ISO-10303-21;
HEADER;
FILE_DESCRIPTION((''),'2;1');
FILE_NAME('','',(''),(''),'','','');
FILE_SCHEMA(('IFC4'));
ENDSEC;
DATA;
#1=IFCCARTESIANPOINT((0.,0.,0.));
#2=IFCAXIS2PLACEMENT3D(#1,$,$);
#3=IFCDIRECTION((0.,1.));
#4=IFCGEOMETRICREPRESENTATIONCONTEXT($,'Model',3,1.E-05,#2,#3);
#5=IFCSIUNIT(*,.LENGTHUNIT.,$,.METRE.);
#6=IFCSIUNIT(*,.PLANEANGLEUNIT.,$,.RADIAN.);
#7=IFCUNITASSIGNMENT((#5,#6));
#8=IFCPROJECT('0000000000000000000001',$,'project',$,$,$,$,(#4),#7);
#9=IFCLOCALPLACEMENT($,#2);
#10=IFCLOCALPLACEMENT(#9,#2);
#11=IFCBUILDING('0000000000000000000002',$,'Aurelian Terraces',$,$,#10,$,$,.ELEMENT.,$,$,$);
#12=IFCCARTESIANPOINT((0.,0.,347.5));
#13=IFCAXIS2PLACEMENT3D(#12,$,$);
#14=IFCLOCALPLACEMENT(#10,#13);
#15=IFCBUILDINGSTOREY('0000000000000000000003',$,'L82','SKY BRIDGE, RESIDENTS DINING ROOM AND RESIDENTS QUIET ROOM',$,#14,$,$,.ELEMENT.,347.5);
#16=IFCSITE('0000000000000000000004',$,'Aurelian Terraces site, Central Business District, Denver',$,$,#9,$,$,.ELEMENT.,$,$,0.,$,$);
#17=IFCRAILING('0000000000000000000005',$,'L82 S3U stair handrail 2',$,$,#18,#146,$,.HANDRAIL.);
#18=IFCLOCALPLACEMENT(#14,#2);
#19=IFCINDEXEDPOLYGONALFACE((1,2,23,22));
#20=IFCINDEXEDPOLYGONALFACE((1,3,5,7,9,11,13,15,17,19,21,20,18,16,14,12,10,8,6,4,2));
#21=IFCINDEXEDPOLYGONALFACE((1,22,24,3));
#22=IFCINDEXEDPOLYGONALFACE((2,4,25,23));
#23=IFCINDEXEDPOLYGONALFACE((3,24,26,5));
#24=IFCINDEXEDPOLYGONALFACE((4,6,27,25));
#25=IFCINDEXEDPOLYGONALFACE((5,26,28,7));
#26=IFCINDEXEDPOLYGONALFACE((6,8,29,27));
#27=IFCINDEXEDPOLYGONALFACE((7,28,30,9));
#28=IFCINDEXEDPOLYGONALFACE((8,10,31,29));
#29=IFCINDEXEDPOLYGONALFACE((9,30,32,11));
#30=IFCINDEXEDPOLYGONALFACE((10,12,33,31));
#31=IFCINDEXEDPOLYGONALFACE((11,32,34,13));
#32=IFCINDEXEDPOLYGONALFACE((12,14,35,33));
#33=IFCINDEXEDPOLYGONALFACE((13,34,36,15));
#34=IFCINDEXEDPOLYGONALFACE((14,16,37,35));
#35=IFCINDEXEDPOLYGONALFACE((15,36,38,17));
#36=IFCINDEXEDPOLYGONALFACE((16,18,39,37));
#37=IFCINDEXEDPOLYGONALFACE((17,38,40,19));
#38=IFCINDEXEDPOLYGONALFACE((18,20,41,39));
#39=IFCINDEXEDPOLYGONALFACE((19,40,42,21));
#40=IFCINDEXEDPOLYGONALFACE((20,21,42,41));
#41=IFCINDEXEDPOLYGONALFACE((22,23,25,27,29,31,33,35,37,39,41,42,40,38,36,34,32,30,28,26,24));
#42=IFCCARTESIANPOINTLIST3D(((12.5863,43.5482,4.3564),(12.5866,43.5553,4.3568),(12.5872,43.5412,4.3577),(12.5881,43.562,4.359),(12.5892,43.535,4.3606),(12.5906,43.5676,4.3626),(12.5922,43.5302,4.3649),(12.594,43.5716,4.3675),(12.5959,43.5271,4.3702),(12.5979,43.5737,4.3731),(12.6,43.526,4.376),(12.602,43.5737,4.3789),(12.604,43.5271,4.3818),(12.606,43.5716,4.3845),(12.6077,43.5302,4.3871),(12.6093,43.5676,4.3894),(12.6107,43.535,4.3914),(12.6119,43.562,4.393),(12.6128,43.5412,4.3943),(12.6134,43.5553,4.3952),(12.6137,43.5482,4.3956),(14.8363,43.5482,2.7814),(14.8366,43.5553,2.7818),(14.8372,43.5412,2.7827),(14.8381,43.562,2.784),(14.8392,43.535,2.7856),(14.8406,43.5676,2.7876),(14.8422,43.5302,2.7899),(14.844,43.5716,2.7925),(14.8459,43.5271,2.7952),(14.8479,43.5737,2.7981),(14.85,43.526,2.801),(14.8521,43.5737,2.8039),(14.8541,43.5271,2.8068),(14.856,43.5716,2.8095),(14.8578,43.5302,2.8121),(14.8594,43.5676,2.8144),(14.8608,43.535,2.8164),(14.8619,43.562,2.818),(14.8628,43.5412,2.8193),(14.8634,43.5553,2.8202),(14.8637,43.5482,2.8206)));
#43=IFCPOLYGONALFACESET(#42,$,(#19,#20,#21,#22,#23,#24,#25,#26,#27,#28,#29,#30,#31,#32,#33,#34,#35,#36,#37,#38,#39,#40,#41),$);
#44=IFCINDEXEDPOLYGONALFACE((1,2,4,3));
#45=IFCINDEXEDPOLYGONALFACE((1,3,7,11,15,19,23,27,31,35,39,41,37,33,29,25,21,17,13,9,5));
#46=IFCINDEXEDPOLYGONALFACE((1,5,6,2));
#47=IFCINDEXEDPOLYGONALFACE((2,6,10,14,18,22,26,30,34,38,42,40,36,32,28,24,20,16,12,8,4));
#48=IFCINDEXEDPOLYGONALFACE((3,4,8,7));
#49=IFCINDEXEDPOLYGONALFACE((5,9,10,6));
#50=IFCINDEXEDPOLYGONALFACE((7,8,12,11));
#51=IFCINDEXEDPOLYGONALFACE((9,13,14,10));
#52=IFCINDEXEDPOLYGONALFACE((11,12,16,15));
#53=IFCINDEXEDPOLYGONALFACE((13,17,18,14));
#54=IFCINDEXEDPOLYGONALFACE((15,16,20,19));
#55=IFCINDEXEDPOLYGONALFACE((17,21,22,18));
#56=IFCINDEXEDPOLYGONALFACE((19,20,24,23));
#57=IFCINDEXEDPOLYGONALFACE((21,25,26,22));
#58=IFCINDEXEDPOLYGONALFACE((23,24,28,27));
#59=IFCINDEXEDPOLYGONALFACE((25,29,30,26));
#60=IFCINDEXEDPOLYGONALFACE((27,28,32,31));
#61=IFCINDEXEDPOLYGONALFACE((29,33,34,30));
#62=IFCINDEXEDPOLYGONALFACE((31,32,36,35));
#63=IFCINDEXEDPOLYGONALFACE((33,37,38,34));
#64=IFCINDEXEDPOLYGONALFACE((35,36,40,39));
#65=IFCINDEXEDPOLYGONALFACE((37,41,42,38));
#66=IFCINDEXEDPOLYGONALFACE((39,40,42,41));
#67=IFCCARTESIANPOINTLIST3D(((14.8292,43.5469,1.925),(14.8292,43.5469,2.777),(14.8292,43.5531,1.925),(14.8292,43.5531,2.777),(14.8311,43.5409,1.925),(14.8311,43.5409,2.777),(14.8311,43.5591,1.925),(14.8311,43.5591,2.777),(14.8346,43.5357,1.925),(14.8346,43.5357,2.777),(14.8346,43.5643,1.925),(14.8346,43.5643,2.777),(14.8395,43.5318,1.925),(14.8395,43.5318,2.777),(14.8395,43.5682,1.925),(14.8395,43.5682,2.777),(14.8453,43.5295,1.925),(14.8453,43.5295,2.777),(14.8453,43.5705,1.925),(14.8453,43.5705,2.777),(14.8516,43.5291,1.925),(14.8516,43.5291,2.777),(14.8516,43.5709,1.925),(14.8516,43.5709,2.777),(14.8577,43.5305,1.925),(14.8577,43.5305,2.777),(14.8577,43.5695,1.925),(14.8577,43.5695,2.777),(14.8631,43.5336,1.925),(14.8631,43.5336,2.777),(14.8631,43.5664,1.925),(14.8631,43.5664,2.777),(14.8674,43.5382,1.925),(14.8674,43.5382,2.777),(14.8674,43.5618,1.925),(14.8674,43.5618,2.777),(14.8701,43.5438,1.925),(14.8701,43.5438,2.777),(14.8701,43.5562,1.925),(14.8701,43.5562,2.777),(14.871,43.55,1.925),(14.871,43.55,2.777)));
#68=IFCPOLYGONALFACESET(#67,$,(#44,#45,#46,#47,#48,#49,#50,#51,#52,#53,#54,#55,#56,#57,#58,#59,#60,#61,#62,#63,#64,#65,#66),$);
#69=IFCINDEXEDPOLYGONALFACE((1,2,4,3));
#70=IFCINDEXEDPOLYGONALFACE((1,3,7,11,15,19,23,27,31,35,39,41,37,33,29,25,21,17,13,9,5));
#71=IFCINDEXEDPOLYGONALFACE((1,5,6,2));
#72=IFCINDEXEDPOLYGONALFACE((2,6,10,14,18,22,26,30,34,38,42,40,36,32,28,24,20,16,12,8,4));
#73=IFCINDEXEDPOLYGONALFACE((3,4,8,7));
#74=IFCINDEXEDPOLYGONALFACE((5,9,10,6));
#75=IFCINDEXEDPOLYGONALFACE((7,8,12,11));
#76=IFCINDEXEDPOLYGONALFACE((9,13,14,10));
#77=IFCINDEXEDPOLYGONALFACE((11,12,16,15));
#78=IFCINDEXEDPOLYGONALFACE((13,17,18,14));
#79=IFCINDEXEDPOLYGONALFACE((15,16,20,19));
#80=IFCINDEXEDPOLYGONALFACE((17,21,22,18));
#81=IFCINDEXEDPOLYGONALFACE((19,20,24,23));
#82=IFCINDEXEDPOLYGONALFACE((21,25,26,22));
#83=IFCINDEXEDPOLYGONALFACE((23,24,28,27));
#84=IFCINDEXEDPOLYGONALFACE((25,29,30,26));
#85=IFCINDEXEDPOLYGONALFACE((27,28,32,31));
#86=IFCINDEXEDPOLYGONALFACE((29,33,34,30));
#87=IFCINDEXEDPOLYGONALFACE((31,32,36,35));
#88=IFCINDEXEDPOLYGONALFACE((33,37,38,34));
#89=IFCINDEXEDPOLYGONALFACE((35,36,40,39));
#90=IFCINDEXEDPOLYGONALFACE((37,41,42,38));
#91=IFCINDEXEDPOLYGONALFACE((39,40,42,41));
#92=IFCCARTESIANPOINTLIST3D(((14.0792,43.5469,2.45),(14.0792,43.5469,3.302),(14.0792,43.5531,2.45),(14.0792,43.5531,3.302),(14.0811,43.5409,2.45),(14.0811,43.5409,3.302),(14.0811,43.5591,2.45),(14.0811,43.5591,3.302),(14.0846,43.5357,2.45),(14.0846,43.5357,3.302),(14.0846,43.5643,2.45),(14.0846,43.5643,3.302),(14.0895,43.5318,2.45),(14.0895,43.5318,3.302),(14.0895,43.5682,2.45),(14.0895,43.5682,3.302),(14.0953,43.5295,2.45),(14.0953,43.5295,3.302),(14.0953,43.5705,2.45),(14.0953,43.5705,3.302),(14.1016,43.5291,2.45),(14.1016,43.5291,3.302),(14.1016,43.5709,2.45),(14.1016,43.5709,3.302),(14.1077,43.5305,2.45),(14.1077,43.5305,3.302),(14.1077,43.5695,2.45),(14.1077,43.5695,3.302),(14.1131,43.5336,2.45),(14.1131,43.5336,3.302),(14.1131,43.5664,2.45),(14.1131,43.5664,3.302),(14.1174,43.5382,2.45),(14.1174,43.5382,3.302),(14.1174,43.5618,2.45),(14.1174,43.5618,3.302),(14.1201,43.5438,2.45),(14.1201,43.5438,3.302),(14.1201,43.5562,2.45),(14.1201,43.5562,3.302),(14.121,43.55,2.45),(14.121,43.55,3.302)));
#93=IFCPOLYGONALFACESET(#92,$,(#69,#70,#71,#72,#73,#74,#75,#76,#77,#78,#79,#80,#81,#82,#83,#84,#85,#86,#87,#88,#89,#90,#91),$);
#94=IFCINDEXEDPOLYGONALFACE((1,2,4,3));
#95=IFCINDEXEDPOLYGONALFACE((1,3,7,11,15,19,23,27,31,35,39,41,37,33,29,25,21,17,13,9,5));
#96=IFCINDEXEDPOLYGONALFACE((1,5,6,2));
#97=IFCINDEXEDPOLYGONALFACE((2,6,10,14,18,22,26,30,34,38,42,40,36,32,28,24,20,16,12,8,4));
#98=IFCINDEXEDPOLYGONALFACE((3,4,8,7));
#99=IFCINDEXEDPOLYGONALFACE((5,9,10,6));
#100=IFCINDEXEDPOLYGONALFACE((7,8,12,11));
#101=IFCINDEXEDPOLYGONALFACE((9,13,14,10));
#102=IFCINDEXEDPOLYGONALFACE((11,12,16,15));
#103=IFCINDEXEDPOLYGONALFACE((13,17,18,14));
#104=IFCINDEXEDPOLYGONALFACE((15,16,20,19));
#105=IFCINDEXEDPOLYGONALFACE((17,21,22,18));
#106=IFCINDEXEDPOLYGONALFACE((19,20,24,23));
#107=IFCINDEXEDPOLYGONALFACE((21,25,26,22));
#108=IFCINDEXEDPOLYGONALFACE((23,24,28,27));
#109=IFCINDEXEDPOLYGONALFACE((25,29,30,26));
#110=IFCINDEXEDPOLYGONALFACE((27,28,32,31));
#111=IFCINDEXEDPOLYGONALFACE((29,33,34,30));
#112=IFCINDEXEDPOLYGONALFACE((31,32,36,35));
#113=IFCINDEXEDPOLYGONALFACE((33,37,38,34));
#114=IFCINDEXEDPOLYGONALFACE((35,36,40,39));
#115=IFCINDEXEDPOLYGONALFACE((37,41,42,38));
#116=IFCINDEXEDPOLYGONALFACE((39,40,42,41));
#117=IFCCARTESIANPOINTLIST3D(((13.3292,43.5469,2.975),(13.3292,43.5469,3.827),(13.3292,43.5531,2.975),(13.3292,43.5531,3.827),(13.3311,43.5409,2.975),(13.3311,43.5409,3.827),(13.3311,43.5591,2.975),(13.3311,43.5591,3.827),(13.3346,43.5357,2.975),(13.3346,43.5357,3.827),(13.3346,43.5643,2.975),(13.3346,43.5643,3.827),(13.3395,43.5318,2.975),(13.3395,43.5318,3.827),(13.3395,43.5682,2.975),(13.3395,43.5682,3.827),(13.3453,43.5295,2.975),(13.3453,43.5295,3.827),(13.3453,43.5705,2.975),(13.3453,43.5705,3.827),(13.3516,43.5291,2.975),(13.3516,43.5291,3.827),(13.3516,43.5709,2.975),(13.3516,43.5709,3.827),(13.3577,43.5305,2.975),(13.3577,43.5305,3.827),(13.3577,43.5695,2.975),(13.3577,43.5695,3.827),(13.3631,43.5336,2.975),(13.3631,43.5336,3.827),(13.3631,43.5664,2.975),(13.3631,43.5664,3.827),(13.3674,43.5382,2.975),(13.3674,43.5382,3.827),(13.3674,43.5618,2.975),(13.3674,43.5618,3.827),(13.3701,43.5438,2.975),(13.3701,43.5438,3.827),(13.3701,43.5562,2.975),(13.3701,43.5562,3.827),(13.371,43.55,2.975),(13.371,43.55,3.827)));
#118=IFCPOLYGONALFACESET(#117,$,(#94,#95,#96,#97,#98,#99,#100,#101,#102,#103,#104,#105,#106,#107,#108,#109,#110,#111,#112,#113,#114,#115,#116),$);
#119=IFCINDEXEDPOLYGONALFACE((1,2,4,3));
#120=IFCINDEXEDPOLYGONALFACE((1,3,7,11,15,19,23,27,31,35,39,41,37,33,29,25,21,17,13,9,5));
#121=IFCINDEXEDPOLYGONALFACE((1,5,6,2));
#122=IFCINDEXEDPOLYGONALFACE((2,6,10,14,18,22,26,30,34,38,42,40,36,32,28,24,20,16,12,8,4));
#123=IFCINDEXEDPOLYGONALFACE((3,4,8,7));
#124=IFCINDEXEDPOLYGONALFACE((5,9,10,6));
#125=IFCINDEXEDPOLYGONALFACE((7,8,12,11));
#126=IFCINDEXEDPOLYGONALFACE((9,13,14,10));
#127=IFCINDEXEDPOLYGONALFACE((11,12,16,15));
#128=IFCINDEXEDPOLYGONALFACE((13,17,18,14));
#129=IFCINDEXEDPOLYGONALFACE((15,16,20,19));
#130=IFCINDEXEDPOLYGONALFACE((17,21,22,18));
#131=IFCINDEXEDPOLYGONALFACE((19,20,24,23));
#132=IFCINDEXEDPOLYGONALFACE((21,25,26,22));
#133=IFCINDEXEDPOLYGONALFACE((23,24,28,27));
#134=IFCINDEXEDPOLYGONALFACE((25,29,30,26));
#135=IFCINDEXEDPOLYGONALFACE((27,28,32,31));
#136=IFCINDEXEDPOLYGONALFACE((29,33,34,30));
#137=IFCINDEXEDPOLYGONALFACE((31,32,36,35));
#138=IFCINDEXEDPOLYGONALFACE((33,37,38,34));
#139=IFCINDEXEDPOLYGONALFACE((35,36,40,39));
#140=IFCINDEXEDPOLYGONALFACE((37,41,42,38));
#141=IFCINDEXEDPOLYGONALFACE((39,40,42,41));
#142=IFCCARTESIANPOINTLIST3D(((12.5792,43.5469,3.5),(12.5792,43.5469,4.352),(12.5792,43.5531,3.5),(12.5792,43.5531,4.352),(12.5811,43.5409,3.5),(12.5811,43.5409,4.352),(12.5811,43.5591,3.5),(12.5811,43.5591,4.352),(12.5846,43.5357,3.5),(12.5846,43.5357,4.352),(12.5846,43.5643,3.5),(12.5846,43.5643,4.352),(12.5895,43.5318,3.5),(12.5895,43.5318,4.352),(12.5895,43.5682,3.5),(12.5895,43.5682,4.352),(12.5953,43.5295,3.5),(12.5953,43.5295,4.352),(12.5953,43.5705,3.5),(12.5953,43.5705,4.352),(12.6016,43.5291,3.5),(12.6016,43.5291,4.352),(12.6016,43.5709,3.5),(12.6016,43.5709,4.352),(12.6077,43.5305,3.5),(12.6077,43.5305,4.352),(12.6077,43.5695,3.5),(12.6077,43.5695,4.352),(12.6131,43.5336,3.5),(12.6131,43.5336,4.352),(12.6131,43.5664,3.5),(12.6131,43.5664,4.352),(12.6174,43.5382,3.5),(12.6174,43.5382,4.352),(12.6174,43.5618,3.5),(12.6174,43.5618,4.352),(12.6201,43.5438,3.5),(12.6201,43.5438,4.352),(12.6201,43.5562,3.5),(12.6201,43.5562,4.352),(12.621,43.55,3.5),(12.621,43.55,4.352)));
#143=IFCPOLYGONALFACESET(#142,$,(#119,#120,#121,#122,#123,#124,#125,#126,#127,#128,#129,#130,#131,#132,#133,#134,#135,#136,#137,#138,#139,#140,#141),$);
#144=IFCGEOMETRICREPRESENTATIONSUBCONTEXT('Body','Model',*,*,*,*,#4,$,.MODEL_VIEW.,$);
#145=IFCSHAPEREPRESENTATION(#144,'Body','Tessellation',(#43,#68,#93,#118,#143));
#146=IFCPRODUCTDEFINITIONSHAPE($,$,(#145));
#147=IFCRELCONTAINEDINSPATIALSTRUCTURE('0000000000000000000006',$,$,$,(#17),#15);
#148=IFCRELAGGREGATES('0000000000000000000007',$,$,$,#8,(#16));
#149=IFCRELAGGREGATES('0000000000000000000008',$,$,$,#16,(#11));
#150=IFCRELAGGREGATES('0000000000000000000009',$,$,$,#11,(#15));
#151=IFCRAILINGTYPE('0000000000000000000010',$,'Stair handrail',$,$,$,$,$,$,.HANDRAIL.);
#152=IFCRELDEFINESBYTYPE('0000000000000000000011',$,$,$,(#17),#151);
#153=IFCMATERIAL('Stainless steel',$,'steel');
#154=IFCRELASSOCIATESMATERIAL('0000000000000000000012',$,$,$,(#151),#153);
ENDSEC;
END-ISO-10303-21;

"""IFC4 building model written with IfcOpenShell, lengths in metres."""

from ifc_helpers import new_model, si_unit, direction, frame, origin, origin_2d, place, context, subcontext, project, spatial, circle, extrude, source, transform, mapped, material, type_object, element, save


model = new_model("IFC4")

# Units and contexts
model_context = context("Model", 3, precision=1e-05, world=origin(), true_north=direction((0.0, 1.0)))
body_context = subcontext(model_context, "Body", "Model", "MODEL_VIEW")
ifc_project = project(units=[si_unit("LENGTHUNIT", "METRE"), si_unit("PLANEANGLEUNIT", "RADIAN")], contexts=[model_context])

# Site, building, storey
site_placement = place(None, origin())
site = spatial("IfcSite", under=ifc_project, at=site_placement, Name="Aurelian Terraces site, Central Business District, Denver", CompositionType="ELEMENT", RefElevation=0.0)
building_placement = place(site_placement, origin())
building = spatial("IfcBuilding", under=site, at=building_placement, Name="Aurelian Terraces", CompositionType="ELEMENT")
storey_placement = place(building_placement, frame((0.0, 0.0, 347.5)))
storey = spatial("IfcBuildingStorey", under=building, at=storey_placement, Name="L82", Description="SKY BRIDGE, RESIDENTS DINING ROOM AND RESIDENTS QUIET ROOM", CompositionType="ELEMENT", Elevation=347.5)

# Railing
ifc_material_1 = material(Name="Stainless steel", Category="steel")
railing_type_1 = type_object("IfcRailingType", Name="Stair handrail", PredefinedType="HANDRAIL", material=ifc_material_1)
shared_shape_1 = source(origin(), body_context, "Body", "SweptSolid", [
    extrude(circle(Radius=0.024, at=origin_2d()), frame((0.0, 0.0, 0.876), z_axis=(-0.819232, 0.0, 0.573462), x_axis=(0.0, -1.0, 0.0)), (0.0, 0.0, 1.0), 2.7465),
    extrude(circle(Radius=0.021, at=origin_2d()), origin(), (0.0, 0.0, 1.0), 0.852),
    extrude(circle(Radius=0.021, at=origin_2d()), frame((-0.75, 0.0, 0.525)), (0.0, 0.0, 1.0), 0.852),
    extrude(circle(Radius=0.021, at=origin_2d()), frame((-1.5, 0.0, 1.05)), (0.0, 0.0, 1.0), 0.852),
    extrude(circle(Radius=0.021, at=origin_2d()), frame((-2.25, 0.0, 1.575)), (0.0, 0.0, 1.0), 0.852),
])
railing_1_placement = place(storey_placement, frame((14.85, 43.55, 1.925)))
element("IfcRailing", 1, at=railing_1_placement, inside=storey, type_object=railing_type_1, Name="L82 S3U stair handrail 2", PredefinedType="HANDRAIL", context=body_context, shape_type="MappedRepresentation", body=[
    mapped(shared_shape_1, transform((0.0, 0.0, 0.0), scale=1.0)),
])

save(model, "model.ifc")
